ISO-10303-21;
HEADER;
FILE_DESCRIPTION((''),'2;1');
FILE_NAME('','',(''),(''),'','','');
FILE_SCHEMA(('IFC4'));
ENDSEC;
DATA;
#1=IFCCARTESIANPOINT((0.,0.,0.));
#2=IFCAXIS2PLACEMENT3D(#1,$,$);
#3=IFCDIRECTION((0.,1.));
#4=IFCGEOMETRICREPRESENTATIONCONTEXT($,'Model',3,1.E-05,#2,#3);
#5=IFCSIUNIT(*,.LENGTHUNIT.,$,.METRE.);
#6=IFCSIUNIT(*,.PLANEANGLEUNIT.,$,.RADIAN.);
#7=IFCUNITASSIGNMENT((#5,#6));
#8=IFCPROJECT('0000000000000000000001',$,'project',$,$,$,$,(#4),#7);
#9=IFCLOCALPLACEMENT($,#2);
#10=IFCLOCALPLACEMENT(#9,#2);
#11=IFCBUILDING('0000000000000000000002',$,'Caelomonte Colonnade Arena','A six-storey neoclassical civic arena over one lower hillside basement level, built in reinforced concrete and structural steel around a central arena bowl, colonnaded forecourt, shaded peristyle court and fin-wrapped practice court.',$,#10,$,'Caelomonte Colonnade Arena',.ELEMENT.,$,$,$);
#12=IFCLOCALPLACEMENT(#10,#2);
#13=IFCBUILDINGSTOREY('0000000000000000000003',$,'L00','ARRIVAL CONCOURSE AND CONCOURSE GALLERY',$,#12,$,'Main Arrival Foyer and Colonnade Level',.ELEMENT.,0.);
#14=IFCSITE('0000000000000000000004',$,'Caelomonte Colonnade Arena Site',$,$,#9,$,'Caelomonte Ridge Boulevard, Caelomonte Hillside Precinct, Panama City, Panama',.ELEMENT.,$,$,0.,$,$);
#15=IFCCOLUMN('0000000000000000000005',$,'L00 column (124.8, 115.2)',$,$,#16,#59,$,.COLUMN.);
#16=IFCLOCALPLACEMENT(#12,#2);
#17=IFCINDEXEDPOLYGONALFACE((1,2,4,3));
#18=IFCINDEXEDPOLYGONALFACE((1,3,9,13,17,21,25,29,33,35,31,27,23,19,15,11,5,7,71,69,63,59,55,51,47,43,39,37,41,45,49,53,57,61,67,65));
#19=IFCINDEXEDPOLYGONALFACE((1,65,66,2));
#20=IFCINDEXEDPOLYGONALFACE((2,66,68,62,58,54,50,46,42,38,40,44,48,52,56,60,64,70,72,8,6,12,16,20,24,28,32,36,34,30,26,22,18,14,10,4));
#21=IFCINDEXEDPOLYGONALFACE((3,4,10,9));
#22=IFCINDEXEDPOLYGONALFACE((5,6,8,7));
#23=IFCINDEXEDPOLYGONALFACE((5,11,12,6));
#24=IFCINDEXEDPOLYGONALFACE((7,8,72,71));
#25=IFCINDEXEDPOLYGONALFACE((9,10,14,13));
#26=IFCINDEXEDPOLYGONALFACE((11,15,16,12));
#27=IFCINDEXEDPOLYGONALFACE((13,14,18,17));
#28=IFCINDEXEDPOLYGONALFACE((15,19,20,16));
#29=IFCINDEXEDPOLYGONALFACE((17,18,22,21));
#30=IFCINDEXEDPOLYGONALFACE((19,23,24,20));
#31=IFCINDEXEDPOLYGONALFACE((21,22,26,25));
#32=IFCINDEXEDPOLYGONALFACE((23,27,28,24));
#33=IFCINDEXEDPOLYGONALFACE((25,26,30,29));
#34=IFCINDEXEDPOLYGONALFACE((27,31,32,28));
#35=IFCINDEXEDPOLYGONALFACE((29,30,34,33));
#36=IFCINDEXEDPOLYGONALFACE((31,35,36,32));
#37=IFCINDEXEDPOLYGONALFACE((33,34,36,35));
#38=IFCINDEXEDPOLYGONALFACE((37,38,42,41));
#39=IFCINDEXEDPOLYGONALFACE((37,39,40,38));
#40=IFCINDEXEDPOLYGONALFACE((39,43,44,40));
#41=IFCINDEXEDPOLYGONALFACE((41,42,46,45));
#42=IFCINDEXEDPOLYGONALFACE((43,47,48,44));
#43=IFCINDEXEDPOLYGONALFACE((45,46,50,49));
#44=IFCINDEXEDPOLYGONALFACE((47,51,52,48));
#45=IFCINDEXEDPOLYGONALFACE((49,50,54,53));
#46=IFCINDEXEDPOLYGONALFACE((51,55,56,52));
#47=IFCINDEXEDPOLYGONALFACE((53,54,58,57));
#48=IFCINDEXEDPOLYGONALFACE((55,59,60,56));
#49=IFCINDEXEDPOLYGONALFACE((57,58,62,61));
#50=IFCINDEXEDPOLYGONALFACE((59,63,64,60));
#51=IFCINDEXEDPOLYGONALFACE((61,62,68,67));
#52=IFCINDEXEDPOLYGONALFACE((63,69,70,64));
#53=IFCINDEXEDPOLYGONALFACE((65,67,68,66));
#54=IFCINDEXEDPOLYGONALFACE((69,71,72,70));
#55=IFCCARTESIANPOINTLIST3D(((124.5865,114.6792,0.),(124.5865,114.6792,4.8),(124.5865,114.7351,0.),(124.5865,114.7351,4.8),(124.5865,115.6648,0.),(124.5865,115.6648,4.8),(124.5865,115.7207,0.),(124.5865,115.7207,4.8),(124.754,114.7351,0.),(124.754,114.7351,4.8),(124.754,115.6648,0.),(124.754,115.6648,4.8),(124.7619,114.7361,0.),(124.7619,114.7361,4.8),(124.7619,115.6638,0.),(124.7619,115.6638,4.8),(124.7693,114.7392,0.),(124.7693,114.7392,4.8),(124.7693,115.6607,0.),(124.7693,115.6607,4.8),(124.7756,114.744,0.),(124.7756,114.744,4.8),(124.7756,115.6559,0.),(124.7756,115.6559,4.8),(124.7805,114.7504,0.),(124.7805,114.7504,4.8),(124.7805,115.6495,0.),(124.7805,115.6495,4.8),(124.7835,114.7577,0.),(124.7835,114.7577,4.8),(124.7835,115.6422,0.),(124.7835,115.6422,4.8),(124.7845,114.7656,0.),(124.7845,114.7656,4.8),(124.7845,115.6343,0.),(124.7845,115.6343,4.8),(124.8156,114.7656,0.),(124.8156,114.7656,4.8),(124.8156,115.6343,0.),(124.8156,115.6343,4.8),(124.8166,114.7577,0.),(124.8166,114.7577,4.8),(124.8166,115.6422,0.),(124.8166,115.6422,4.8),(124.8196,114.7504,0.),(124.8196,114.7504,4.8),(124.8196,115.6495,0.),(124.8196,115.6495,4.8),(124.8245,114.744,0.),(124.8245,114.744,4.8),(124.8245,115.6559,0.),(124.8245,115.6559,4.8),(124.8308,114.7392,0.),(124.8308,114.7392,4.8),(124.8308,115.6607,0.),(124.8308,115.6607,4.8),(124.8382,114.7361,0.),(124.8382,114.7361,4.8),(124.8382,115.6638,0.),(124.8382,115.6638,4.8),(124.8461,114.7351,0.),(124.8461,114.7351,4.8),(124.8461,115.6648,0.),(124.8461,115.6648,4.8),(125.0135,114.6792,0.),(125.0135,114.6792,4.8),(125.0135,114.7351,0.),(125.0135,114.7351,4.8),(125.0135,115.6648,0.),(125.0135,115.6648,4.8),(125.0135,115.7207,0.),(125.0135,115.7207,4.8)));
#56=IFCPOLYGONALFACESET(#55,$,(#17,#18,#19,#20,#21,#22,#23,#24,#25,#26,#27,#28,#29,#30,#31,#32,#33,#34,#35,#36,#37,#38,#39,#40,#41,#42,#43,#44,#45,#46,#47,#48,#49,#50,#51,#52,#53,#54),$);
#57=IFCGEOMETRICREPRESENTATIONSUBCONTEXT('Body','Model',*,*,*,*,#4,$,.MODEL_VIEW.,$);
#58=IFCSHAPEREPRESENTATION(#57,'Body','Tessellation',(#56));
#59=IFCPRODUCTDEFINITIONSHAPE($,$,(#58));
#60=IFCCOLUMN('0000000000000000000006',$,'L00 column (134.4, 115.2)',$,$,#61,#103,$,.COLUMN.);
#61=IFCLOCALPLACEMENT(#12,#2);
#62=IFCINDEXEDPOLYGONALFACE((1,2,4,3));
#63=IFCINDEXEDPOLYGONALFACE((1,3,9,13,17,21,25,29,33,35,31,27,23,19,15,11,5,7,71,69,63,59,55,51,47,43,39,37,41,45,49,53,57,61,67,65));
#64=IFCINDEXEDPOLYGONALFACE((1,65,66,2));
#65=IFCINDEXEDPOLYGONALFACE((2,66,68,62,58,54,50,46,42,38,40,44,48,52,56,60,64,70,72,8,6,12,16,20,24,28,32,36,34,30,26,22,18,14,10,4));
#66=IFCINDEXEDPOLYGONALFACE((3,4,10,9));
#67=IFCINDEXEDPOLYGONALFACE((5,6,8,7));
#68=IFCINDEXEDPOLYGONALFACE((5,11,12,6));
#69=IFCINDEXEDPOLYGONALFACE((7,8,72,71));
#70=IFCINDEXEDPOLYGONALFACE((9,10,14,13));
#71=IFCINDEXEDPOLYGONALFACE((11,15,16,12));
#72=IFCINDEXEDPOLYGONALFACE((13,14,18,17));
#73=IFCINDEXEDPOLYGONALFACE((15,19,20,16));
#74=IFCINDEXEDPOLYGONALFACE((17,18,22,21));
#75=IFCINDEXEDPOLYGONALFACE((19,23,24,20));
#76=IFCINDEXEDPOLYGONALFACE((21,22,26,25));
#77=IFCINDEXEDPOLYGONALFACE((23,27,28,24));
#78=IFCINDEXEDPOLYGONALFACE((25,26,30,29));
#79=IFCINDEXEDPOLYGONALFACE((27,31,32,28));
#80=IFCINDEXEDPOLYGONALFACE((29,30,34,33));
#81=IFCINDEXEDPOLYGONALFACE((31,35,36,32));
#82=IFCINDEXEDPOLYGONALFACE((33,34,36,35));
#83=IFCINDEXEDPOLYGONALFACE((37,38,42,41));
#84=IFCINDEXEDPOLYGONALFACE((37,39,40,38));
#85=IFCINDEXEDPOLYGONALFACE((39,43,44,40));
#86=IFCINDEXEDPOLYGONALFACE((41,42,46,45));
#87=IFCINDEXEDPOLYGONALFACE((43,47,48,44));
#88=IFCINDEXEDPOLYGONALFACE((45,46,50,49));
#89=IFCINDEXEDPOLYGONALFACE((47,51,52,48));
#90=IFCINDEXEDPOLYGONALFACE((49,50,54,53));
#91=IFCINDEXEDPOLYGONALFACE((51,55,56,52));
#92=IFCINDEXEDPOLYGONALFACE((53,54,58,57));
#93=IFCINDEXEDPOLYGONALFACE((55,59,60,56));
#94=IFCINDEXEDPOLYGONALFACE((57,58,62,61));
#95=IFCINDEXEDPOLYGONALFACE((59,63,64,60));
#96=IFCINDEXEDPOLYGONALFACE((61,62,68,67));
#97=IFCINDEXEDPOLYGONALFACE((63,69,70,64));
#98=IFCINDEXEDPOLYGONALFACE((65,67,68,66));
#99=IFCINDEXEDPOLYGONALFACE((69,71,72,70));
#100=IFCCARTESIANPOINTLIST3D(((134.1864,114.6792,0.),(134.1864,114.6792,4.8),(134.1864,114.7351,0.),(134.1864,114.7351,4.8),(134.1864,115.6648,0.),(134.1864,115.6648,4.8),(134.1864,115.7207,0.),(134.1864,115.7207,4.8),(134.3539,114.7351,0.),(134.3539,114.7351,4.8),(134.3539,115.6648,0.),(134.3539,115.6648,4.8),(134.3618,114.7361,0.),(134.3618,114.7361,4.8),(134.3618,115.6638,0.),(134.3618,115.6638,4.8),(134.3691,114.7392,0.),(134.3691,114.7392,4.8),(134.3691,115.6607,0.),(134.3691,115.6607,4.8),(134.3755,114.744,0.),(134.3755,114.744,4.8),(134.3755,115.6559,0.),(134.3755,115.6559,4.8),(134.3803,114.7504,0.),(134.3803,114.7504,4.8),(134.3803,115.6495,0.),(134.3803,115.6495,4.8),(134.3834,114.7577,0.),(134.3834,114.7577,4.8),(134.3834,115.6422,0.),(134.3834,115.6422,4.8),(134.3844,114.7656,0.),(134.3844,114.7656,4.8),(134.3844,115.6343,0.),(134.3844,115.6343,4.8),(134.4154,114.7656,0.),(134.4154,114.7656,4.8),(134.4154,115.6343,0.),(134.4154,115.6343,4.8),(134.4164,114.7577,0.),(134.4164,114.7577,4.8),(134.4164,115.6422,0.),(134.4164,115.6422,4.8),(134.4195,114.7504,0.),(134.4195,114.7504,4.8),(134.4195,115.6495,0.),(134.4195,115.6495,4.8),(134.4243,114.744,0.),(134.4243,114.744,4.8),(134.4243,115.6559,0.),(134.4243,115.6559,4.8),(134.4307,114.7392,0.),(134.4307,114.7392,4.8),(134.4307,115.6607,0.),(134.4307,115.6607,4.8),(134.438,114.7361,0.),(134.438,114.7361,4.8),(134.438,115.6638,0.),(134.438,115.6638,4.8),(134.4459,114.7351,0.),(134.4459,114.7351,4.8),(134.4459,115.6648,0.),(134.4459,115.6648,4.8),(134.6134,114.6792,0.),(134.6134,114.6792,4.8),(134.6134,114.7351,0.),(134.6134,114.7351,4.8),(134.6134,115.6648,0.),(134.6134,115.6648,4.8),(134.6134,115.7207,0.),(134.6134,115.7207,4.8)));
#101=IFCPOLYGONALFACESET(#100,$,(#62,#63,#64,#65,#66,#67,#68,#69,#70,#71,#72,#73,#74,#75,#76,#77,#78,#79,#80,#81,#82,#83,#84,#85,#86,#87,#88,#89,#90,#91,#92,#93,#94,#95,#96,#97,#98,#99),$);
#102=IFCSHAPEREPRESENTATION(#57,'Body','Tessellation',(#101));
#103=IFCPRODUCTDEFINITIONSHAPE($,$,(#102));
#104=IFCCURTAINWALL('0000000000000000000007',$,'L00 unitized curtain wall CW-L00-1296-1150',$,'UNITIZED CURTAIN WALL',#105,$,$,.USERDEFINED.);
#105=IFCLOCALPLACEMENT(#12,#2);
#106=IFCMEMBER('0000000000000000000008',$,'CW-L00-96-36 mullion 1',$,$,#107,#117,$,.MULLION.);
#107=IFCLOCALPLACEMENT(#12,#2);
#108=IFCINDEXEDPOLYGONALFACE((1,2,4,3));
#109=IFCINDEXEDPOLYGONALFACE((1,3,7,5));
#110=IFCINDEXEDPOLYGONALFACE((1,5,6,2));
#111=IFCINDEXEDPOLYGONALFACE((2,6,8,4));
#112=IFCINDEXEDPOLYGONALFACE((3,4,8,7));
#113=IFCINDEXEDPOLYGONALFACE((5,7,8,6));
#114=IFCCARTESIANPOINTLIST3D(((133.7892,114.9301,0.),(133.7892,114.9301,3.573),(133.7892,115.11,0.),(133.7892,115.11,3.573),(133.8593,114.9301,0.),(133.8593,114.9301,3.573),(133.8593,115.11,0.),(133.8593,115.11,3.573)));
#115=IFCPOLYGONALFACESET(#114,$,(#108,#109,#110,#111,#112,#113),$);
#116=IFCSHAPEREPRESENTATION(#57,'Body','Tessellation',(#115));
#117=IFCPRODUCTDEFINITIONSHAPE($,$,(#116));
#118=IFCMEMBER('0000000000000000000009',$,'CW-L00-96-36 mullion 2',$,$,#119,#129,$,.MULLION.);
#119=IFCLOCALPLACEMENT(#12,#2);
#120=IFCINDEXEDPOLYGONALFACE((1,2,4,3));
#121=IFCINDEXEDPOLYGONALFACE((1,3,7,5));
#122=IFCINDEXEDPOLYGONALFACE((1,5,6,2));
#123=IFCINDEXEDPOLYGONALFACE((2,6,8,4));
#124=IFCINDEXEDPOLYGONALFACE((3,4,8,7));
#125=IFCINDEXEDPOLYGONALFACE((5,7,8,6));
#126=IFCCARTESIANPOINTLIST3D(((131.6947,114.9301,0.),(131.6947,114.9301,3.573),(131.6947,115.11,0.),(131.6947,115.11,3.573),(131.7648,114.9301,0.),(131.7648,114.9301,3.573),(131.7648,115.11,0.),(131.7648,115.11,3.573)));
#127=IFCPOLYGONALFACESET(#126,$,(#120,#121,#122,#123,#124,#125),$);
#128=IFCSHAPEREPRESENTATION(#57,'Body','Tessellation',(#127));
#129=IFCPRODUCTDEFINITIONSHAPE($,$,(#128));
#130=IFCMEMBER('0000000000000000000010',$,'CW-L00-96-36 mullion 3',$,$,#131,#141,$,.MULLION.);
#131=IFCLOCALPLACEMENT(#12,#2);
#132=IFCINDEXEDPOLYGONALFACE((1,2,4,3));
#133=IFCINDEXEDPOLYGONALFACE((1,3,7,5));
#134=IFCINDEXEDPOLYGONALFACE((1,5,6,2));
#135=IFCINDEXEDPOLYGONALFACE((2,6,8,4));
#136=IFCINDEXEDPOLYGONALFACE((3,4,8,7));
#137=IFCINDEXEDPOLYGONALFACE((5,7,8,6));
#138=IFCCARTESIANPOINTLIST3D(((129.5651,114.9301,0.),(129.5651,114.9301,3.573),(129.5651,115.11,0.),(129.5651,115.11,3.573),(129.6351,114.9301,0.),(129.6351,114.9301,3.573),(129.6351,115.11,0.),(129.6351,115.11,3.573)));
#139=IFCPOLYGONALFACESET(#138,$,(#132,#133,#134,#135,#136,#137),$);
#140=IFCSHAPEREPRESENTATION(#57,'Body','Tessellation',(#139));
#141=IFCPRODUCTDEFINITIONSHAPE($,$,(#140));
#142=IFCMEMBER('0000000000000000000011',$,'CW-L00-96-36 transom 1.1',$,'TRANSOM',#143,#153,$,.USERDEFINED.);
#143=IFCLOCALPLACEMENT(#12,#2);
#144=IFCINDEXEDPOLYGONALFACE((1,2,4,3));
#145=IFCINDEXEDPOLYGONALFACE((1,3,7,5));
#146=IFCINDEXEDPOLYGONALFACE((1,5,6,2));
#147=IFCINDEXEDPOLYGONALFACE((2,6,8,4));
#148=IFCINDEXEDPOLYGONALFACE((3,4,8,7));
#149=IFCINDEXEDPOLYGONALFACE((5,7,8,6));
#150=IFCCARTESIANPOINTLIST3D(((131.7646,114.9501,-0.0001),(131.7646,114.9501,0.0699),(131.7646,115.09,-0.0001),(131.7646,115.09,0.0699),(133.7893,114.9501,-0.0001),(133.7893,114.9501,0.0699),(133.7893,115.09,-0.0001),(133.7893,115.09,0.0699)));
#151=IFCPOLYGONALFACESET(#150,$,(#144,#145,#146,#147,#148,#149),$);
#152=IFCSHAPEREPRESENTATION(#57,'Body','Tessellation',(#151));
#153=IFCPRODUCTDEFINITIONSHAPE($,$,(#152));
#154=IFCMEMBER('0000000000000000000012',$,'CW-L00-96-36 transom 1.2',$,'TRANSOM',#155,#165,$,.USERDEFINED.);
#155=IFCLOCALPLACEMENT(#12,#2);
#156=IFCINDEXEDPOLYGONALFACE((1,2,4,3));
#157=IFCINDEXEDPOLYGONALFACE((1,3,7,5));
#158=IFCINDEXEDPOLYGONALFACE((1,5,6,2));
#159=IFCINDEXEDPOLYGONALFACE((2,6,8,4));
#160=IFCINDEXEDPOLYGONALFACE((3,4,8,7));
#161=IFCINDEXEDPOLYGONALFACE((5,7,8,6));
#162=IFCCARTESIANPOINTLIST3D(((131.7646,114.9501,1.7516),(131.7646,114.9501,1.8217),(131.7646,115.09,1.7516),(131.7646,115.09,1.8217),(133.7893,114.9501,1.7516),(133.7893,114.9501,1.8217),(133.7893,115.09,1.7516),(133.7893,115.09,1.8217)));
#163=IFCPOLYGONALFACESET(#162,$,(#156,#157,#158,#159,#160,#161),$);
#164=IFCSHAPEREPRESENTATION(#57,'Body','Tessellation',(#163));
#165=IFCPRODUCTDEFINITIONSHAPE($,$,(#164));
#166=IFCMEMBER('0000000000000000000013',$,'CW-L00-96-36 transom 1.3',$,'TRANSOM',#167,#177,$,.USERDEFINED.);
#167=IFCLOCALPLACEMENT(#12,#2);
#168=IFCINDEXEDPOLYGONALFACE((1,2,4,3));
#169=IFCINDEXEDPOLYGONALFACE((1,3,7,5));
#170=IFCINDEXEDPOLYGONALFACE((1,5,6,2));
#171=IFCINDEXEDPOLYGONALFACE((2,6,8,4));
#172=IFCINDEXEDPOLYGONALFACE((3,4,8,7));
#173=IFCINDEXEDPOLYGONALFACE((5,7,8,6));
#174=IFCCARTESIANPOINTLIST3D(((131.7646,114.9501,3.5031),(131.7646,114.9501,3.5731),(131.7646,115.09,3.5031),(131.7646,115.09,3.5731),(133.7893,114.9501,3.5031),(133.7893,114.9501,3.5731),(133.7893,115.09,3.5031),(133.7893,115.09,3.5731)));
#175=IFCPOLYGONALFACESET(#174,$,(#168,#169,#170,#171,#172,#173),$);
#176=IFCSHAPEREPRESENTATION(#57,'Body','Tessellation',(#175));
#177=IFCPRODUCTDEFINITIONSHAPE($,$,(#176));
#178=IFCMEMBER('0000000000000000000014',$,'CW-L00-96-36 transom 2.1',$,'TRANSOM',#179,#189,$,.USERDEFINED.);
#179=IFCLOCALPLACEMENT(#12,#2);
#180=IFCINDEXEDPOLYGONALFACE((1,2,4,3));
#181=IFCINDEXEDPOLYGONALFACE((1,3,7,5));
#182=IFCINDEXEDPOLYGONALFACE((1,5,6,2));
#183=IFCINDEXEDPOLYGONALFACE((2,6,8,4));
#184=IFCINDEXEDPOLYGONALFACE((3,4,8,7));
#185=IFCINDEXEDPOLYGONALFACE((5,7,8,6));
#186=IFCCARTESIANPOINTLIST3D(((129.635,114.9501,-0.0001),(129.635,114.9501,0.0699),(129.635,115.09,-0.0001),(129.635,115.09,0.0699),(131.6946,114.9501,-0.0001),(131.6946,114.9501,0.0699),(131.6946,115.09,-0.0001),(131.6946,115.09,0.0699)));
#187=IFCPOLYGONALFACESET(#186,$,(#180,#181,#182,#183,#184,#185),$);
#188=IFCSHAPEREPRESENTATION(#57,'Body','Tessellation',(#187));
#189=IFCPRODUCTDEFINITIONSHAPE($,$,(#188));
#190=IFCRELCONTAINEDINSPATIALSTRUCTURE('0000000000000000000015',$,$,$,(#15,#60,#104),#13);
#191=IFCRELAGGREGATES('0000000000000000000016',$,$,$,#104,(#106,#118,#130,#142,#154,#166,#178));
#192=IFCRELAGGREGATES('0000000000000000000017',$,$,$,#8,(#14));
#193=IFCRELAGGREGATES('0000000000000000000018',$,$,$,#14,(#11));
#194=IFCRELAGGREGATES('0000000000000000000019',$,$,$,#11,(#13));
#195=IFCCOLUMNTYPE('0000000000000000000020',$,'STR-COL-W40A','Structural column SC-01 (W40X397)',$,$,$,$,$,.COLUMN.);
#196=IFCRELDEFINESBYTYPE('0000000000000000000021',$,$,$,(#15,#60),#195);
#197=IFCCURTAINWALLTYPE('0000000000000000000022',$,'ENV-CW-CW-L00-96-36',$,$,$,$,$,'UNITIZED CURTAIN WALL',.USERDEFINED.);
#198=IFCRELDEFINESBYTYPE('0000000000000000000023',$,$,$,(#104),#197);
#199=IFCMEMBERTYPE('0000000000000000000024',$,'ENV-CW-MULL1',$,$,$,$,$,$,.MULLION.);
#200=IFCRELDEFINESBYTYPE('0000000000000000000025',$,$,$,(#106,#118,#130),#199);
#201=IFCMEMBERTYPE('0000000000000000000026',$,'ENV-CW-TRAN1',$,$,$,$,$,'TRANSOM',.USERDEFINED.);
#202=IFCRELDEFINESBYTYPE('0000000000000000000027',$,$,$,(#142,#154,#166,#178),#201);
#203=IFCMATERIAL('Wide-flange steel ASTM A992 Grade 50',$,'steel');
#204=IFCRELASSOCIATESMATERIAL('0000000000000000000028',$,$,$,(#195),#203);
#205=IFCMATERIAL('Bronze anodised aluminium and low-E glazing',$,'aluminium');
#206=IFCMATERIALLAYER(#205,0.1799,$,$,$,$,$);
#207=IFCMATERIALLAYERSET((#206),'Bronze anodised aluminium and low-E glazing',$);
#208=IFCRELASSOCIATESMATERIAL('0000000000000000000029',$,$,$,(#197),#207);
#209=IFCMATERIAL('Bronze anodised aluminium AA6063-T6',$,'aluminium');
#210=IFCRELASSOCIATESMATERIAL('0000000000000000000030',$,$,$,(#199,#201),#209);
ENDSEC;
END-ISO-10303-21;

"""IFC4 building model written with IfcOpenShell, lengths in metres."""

from ifc_helpers import new_model, si_unit, direction, frame, origin, origin_2d, place, context, subcontext, project, spatial, rectangle, i_section, extrude, material, layer, layer_set, material_profile, profile_set, type_object, element, aggregate, save


model = new_model("IFC4")

# Units and contexts
model_context = context("Model", 3, precision=1e-05, world=origin(), true_north=direction((0.0, 1.0)))
body_context = subcontext(model_context, "Body", "Model", "MODEL_VIEW")
ifc_project = project(units=[si_unit("LENGTHUNIT", "METRE"), si_unit("PLANEANGLEUNIT", "RADIAN")], contexts=[model_context])

# Site, building, storey
site_placement = place(None, origin())
site = spatial("IfcSite", under=ifc_project, at=site_placement, Name="Caelomonte Colonnade Arena Site", LongName="Caelomonte Ridge Boulevard, Caelomonte Hillside Precinct, Panama City, Panama", CompositionType="ELEMENT", RefElevation=0.0)
building_placement = place(site_placement, origin())
building = spatial("IfcBuilding", under=site, at=building_placement, Name="Caelomonte Colonnade Arena", Description="A six-storey neoclassical civic arena over one lower hillside basement level, built in reinforced concrete and structural steel around a central arena bowl, colonnaded forecourt, shaded peristyle court and fin-wrapped practice court.", LongName="Caelomonte Colonnade Arena", CompositionType="ELEMENT")
storey_placement = place(building_placement, origin())
storey = spatial("IfcBuildingStorey", under=building, at=storey_placement, Name="L00", Description="ARRIVAL CONCOURSE AND CONCOURSE GALLERY", LongName="Main Arrival Foyer and Colonnade Level", CompositionType="ELEMENT", Elevation=0.0)

# Columns
ifc_material_1 = material(Name="Wide-flange steel ASTM A992 Grade 50", Category="steel")
ifc_material_profile_1 = material_profile(ifc_material_1, i_section(OverallWidth=0.427, OverallDepth=1.0415, WebThickness=0.031, FlangeThickness=0.0559, FilletRadius=0.0305, at=origin_2d()), Name="W40X397")
ifc_profile_set_1 = profile_set([ifc_material_profile_1], Name="Wide-flange steel ASTM A992 Grade 50")
column_type = type_object("IfcColumnType", Name="STR-COL-W40A", Description="Structural column SC-01 (W40X397)", PredefinedType="COLUMN", material=ifc_profile_set_1)
for number, where, z_axis, x_axis, name in (
    (1, (124.8, 115.2, 0.0), (0.0, 0.0, 1.0), (1.0, 0.0, 0.0), "L00 column (124.8, 115.2)"),
    (2, (134.3999, 115.2, 0.0), (0.0, 0.0, 1.0), (1.0, 0.0, 0.0), "L00 column (134.4, 115.2)"),
):
    element("IfcColumn", number, at=place(storey_placement, frame(where, z_axis=z_axis, x_axis=x_axis)), inside=storey, type_object=column_type, Name=name, PredefinedType="COLUMN", context=body_context, shape_type="SweptSolid", body=[
        extrude(i_section(OverallWidth=0.427, OverallDepth=1.0415, WebThickness=0.031, FlangeThickness=0.0559, FilletRadius=0.0305, at=origin_2d()), origin(), (0.0, 0.0, 1.0), 4.8),
    ])

# Curtain wall, members
ifc_material_2 = material(Name="Bronze anodised aluminium and low-E glazing", Category="aluminium")
ifc_layer_1 = layer(ifc_material_2, 0.1799)
ifc_layer_set_1 = layer_set([ifc_layer_1], Name="Bronze anodised aluminium and low-E glazing")
curtain_wall_type = type_object("IfcCurtainWallType", Name="ENV-CW-CW-L00-96-36", ElementType="UNITIZED CURTAIN WALL", PredefinedType="USERDEFINED", material=ifc_layer_set_1)
curtain_wall_placement = place(storey_placement, origin())
curtain_wall = element("IfcCurtainWall", 3, at=curtain_wall_placement, inside=storey, type_object=curtain_wall_type, Name="L00 unitized curtain wall CW-L00-1296-1150", ObjectType="UNITIZED CURTAIN WALL", PredefinedType="USERDEFINED")
ifc_material_3 = material(Name="Bronze anodised aluminium AA6063-T6", Category="aluminium")
ifc_material_profile_2 = material_profile(ifc_material_3, rectangle(XDim=0.0701, YDim=0.1799, at=origin_2d()), Name="CWM-70X180")
ifc_profile_set_2 = profile_set([ifc_material_profile_2], Name="Bronze anodised aluminium AA6063-T6")
member_type_1 = type_object("IfcMemberType", Name="ENV-CW-MULL1", PredefinedType="MULLION", material=ifc_profile_set_2)
member_1_placement = place(storey_placement, frame((133.8242, 115.02, 0.0), z_axis=(0.0, 0.0, 1.0), x_axis=(-1.0, 0.0, 0.0)))
member_1 = element("IfcMember", 4, at=member_1_placement, type_object=member_type_1, Name="CW-L00-96-36 mullion 1", PredefinedType="MULLION", context=body_context, shape_type="SweptSolid", body=[
    extrude(rectangle(XDim=0.0701, YDim=0.1799, at=origin_2d()), origin(), (0.0, 0.0, 1.0), 3.573),
])
member_2_placement = place(storey_placement, frame((131.7297, 115.02, 0.0), z_axis=(0.0, 0.0, 1.0), x_axis=(-1.0, 0.0, 0.0)))
member_2 = element("IfcMember", 5, at=member_2_placement, type_object=member_type_1, Name="CW-L00-96-36 mullion 2", PredefinedType="MULLION", context=body_context, shape_type="SweptSolid", body=[
    extrude(rectangle(XDim=0.0701, YDim=0.1799, at=origin_2d()), origin(), (0.0, 0.0, 1.0), 3.573),
])
member_3_placement = place(storey_placement, frame((129.6001, 115.02, 0.0), z_axis=(0.0, 0.0, 1.0), x_axis=(-1.0, 0.0, 0.0)))
member_3 = element("IfcMember", 6, at=member_3_placement, type_object=member_type_1, Name="CW-L00-96-36 mullion 3", PredefinedType="MULLION", context=body_context, shape_type="SweptSolid", body=[
    extrude(rectangle(XDim=0.0701, YDim=0.1799, at=origin_2d()), origin(), (0.0, 0.0, 1.0), 3.573),
])
ifc_material_profile_3 = material_profile(ifc_material_3, rectangle(XDim=0.0701, YDim=0.1399, at=origin_2d()), Name="CWT-70X140")
ifc_profile_set_3 = profile_set([ifc_material_profile_3], Name="Bronze anodised aluminium AA6063-T6")
member_type_2 = type_object("IfcMemberType", Name="ENV-CW-TRAN1", ElementType="TRANSOM", PredefinedType="USERDEFINED", material=ifc_profile_set_3)
member_4_placement = place(storey_placement, frame((133.7893, 115.02, 0.0349), z_axis=(-1.0, 0.0, 0.0), x_axis=(0.0, 0.0, 1.0)))
member_4 = element("IfcMember", 7, at=member_4_placement, type_object=member_type_2, Name="CW-L00-96-36 transom 1.1", ObjectType="TRANSOM", PredefinedType="USERDEFINED", context=body_context, shape_type="SweptSolid", body=[
    extrude(rectangle(XDim=0.0701, YDim=0.1399, at=origin_2d()), origin(), (0.0, 0.0, 1.0), 2.0247),
])
member_5_placement = place(storey_placement, frame((133.7893, 115.02, 1.7866), z_axis=(-1.0, 0.0, 0.0), x_axis=(0.0, 0.0, 1.0)))
member_5 = element("IfcMember", 8, at=member_5_placement, type_object=member_type_2, Name="CW-L00-96-36 transom 1.2", ObjectType="TRANSOM", PredefinedType="USERDEFINED", context=body_context, shape_type="SweptSolid", body=[
    extrude(rectangle(XDim=0.0701, YDim=0.1399, at=origin_2d()), origin(), (0.0, 0.0, 1.0), 2.0247),
])
member_6_placement = place(storey_placement, frame((133.7893, 115.02, 3.5381), z_axis=(-1.0, 0.0, 0.0), x_axis=(0.0, 0.0, 1.0)))
member_6 = element("IfcMember", 9, at=member_6_placement, type_object=member_type_2, Name="CW-L00-96-36 transom 1.3", ObjectType="TRANSOM", PredefinedType="USERDEFINED", context=body_context, shape_type="SweptSolid", body=[
    extrude(rectangle(XDim=0.0701, YDim=0.1399, at=origin_2d()), origin(), (0.0, 0.0, 1.0), 2.0247),
])
member_7_placement = place(storey_placement, frame((131.6946, 115.02, 0.0349), z_axis=(-1.0, 0.0, 0.0), x_axis=(0.0, 0.0, 1.0)))
member_7 = element("IfcMember", 10, at=member_7_placement, type_object=member_type_2, Name="CW-L00-96-36 transom 2.1", ObjectType="TRANSOM", PredefinedType="USERDEFINED", context=body_context, shape_type="SweptSolid", body=[
    extrude(rectangle(XDim=0.0701, YDim=0.1399, at=origin_2d()), origin(), (0.0, 0.0, 1.0), 2.0596),
])

aggregate(curtain_wall, [member_1, member_2, member_3, member_4, member_5, member_6, member_7])

save(model, "model.ifc")
